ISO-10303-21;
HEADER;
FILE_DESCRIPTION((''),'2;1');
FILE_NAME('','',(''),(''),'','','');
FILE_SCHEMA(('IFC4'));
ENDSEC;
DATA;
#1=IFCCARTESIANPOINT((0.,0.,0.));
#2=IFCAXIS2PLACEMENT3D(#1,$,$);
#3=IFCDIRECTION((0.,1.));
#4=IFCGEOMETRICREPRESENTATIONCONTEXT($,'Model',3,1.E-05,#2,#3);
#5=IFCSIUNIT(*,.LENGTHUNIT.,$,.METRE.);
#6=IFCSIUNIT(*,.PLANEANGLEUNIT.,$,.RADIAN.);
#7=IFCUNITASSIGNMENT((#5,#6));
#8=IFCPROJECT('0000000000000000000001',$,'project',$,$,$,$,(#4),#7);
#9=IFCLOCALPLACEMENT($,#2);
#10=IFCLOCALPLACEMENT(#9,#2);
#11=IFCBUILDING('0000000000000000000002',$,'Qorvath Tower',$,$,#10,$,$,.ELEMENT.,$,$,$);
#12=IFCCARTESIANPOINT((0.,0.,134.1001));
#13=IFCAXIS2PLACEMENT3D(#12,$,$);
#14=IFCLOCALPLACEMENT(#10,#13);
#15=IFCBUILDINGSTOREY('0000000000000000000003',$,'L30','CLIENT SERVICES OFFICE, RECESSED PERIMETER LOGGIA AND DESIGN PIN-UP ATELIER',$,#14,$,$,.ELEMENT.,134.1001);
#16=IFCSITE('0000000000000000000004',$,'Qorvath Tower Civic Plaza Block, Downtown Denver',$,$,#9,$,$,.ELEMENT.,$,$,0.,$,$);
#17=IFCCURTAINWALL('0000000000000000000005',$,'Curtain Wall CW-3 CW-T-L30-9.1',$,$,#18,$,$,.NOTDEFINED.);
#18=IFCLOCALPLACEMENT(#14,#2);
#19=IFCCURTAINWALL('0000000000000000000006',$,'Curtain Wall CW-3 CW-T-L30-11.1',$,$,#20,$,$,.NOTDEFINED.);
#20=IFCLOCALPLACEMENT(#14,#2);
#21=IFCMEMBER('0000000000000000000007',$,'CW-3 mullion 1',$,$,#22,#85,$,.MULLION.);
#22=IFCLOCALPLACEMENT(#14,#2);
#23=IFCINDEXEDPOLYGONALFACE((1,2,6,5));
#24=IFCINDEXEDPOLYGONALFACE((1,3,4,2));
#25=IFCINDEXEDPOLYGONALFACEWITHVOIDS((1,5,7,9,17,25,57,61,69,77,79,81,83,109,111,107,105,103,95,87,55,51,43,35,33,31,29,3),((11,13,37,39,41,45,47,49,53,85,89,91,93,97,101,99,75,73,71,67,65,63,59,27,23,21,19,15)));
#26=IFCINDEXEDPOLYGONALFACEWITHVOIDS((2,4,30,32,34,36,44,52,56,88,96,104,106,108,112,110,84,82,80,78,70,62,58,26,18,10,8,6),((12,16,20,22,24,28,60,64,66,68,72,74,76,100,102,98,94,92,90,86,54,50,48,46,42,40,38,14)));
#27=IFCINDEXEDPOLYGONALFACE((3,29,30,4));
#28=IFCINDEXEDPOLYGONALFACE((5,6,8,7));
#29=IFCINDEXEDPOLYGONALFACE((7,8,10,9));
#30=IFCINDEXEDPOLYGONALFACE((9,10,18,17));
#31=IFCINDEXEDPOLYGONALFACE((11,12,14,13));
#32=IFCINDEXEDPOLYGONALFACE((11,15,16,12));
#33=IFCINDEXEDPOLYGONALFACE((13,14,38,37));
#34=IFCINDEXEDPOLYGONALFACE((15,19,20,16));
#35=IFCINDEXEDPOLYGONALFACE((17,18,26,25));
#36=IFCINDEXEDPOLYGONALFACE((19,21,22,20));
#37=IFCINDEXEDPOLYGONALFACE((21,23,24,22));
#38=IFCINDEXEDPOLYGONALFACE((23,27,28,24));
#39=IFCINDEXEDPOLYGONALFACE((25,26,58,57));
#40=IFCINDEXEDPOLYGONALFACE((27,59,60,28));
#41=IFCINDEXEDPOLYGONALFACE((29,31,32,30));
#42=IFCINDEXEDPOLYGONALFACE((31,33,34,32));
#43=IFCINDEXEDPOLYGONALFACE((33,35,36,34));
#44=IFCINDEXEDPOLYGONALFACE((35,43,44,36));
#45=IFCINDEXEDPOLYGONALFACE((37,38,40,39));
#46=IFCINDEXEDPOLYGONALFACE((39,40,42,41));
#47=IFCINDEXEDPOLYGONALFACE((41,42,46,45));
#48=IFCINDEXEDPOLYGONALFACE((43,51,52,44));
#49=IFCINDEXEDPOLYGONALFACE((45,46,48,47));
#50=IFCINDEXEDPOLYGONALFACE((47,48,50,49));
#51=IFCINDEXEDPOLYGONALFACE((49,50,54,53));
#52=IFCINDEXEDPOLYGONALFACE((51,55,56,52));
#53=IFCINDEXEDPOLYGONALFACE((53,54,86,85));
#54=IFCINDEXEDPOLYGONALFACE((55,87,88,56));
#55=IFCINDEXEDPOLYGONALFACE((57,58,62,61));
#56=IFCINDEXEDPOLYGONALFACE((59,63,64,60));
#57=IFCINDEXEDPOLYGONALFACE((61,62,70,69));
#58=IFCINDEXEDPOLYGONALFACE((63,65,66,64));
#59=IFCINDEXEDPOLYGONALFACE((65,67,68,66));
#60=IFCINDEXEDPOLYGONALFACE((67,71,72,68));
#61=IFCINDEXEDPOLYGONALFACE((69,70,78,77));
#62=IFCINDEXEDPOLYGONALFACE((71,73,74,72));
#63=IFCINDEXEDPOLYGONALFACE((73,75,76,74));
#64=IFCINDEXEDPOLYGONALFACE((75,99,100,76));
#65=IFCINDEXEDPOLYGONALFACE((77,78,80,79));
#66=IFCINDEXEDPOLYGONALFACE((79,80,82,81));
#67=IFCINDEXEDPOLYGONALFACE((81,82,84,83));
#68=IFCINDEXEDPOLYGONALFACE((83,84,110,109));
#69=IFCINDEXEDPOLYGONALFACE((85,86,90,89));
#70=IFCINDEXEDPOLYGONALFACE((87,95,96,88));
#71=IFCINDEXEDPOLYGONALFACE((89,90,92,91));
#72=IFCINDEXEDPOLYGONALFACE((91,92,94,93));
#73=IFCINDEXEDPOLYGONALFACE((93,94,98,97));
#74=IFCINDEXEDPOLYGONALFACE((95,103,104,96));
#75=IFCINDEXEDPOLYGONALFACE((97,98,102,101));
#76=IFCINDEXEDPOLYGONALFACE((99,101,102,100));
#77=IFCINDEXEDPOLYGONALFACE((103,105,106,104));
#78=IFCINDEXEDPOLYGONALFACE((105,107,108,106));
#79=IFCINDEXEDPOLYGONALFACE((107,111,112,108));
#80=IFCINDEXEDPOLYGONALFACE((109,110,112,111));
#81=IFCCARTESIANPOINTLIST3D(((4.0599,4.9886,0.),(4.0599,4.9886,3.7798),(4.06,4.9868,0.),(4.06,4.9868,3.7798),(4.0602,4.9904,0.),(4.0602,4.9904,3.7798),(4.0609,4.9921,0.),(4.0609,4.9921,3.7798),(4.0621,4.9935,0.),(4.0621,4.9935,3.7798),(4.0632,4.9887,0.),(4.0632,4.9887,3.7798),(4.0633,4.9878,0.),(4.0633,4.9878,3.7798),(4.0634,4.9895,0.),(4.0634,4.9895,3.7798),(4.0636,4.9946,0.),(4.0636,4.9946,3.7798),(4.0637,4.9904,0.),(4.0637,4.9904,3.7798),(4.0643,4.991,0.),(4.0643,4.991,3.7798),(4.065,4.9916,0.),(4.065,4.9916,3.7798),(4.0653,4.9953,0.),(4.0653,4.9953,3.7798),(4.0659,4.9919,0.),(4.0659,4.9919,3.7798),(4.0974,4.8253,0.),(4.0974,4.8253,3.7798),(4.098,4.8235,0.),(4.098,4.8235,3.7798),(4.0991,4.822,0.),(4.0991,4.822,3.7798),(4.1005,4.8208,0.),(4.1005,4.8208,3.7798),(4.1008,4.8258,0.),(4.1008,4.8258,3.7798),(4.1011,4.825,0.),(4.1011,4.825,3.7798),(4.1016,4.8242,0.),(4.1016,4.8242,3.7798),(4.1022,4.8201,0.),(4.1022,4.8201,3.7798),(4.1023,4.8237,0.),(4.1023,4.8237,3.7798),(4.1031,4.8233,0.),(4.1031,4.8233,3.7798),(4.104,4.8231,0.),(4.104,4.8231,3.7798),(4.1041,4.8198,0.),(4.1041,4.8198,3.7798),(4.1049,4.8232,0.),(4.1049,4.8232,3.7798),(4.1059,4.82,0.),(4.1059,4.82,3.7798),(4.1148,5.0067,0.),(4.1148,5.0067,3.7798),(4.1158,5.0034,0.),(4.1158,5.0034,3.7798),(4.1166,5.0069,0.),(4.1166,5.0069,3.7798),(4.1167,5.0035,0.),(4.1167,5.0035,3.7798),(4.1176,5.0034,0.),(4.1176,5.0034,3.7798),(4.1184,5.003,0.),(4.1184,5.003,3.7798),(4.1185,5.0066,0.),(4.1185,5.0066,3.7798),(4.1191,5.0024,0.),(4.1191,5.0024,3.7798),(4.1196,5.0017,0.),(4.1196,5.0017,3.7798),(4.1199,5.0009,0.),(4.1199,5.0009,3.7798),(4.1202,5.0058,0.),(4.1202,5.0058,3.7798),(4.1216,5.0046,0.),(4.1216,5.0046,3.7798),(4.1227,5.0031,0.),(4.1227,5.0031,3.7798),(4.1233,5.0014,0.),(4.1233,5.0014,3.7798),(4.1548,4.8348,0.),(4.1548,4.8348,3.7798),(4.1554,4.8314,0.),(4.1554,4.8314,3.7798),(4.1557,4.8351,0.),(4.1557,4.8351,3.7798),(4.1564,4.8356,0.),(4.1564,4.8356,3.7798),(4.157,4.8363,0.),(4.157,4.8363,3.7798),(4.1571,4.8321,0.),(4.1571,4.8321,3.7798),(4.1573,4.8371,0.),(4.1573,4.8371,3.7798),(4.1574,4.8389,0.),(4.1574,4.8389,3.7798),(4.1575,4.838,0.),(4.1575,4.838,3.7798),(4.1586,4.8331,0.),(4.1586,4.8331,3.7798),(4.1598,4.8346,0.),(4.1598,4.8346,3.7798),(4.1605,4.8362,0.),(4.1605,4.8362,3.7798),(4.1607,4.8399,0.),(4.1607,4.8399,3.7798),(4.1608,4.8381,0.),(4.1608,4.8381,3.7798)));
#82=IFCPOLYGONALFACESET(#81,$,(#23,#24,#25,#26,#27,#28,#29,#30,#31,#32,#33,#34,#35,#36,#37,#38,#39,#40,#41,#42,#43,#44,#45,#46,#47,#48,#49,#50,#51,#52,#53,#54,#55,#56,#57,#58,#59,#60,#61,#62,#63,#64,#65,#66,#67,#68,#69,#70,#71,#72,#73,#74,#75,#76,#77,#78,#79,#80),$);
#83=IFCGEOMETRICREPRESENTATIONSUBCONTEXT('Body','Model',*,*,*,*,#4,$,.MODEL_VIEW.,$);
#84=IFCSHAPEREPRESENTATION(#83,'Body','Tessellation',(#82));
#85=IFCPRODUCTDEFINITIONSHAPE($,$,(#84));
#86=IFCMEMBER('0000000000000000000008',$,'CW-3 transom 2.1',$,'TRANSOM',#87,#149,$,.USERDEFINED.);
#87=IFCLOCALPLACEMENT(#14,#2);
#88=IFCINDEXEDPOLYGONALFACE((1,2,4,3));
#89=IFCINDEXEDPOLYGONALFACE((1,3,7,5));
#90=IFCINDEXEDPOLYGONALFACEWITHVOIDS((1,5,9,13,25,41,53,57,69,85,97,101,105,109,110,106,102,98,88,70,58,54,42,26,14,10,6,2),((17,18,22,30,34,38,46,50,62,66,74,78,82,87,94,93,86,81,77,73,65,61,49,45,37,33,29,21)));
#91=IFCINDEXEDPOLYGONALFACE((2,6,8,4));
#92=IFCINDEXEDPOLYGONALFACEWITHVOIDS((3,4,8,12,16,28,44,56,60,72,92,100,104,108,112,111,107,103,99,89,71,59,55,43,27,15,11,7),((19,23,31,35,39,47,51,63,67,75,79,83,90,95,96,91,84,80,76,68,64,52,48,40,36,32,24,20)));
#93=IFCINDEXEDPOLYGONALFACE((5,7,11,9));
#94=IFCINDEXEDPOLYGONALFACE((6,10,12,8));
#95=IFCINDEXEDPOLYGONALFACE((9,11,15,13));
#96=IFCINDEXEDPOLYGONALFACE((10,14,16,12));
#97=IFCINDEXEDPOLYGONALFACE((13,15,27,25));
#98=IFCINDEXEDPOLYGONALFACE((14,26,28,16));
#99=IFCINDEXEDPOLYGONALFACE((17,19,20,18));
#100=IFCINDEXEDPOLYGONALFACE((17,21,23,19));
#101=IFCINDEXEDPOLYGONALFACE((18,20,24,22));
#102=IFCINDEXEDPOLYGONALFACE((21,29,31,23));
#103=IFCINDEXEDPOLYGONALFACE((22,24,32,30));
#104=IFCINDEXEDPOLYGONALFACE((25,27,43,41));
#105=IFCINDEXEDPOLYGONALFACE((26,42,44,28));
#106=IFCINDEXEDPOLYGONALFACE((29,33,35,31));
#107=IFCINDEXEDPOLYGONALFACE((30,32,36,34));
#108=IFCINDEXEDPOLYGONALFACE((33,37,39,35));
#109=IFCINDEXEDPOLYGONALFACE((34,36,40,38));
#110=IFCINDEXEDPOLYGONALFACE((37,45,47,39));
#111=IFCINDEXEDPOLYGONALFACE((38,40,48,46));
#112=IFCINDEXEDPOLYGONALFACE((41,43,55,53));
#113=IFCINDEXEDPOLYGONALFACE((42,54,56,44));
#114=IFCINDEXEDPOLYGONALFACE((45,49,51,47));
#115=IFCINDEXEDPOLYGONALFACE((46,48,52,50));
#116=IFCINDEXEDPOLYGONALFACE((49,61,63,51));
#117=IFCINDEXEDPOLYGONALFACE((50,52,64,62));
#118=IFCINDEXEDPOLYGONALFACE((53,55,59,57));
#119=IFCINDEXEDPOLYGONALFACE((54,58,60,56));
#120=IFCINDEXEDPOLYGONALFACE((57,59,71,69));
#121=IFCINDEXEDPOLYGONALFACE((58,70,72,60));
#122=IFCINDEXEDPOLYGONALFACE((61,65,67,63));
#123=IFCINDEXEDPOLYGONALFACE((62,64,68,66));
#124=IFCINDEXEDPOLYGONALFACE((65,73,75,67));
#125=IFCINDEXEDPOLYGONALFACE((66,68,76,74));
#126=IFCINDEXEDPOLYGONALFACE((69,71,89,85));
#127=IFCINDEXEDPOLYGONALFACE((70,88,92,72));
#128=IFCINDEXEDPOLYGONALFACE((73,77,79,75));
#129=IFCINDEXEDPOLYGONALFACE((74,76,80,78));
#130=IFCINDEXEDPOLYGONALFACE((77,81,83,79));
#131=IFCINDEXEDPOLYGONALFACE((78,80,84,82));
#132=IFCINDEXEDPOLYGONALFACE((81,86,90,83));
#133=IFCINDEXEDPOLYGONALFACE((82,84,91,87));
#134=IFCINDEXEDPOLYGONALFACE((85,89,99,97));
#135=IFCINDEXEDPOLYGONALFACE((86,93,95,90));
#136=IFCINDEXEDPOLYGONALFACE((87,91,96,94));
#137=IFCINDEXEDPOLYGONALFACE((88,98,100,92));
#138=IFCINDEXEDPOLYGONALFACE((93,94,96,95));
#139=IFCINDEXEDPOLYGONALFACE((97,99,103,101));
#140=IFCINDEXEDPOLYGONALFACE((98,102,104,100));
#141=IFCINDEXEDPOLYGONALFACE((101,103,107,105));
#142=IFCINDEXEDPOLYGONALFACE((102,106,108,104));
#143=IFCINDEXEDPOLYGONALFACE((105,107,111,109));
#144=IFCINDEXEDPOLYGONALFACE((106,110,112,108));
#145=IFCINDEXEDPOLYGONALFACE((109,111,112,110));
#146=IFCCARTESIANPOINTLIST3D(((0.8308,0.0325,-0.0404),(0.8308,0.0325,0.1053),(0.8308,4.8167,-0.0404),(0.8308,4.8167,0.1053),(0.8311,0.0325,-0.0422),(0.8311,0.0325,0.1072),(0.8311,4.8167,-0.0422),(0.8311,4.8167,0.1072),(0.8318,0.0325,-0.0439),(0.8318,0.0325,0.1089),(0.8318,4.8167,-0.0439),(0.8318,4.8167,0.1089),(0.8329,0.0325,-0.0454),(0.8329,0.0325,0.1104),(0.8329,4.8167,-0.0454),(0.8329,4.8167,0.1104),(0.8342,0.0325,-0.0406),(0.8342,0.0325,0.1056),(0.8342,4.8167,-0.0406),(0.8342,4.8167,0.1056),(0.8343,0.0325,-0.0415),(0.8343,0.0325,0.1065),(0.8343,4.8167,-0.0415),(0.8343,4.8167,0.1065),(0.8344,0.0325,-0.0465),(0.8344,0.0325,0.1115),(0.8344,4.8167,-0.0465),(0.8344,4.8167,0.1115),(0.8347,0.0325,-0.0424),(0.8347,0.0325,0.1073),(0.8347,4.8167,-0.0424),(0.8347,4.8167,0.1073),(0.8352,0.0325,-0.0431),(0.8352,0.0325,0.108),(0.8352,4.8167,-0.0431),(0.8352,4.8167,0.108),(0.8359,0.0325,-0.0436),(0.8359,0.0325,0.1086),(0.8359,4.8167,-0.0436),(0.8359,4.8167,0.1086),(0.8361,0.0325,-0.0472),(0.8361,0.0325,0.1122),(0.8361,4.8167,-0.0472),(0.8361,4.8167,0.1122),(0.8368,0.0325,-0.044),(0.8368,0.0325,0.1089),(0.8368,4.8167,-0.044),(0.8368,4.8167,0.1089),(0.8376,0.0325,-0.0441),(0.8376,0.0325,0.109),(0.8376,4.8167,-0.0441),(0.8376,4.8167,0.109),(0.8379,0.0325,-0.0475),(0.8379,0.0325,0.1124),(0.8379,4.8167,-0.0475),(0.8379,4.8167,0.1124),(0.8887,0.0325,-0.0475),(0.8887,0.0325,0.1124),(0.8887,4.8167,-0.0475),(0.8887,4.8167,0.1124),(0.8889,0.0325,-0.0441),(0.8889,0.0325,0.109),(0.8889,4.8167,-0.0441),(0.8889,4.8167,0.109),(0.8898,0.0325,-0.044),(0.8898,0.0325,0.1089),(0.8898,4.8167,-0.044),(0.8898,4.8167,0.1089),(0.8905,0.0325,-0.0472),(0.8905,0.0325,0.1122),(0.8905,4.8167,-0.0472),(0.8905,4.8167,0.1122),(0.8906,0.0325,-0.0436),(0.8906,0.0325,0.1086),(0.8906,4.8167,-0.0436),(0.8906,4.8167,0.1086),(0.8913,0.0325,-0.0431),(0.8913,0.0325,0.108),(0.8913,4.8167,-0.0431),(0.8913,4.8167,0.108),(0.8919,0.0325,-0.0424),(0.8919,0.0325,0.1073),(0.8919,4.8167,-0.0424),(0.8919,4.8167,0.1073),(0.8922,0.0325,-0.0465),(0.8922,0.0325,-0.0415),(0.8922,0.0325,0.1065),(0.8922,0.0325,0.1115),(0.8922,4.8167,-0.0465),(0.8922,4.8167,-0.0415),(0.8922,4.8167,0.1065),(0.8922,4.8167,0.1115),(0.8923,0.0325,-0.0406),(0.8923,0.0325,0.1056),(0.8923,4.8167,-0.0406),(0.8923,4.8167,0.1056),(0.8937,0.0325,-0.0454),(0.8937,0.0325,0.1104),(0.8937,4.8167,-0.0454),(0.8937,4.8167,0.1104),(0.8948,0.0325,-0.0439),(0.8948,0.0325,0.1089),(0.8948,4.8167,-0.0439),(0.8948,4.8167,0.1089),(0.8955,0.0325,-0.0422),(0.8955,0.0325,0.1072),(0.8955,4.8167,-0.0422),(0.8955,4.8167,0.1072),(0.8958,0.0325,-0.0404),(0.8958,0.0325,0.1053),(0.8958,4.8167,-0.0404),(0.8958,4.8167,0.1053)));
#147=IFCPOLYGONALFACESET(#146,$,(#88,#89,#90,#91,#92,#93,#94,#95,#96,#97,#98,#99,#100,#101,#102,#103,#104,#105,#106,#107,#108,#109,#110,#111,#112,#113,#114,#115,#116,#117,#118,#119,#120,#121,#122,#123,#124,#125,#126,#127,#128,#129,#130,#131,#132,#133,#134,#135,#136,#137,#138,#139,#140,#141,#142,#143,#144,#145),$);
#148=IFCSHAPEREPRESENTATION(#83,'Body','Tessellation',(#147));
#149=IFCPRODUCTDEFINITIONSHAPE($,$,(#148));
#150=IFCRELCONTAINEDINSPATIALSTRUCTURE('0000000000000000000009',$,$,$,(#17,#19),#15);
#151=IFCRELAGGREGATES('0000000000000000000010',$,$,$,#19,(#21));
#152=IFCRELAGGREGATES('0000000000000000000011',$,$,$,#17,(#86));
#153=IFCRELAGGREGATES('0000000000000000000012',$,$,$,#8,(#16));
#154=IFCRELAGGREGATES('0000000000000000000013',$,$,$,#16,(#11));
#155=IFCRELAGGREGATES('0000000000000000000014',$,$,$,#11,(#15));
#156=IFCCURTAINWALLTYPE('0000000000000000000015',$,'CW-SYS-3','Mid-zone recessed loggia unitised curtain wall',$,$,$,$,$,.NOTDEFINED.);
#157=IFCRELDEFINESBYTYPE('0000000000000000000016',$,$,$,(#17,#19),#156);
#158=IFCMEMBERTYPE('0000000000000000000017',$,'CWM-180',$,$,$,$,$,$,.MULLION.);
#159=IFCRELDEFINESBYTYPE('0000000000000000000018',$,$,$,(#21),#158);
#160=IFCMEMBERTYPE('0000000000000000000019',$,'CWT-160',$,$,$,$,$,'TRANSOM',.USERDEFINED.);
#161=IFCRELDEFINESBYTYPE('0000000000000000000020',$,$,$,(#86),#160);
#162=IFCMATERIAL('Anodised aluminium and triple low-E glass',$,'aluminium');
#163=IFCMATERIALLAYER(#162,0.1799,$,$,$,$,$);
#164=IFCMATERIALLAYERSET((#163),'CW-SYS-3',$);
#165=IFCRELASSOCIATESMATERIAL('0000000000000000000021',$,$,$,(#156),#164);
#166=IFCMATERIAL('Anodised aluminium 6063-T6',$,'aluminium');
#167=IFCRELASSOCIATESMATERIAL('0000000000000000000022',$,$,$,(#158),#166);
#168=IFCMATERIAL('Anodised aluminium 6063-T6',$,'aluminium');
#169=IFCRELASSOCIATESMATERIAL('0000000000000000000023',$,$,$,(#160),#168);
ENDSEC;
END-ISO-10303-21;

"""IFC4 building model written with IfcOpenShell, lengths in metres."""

from ifc_helpers import new_model, si_unit, direction, frame, origin, origin_2d, place, context, subcontext, project, spatial, hollow_rectangle, extrude, material, layer, layer_set, material_profile, profile_set, type_object, element, aggregate, save


model = new_model("IFC4")

# Units and contexts
model_context = context("Model", 3, precision=1e-05, world=origin(), true_north=direction((0.0, 1.0)))
body_context = subcontext(model_context, "Body", "Model", "MODEL_VIEW")
ifc_project = project(units=[si_unit("LENGTHUNIT", "METRE"), si_unit("PLANEANGLEUNIT", "RADIAN")], contexts=[model_context])

# Site, building, storey
site_placement = place(None, origin())
site = spatial("IfcSite", under=ifc_project, at=site_placement, Name="Qorvath Tower Civic Plaza Block, Downtown Denver", CompositionType="ELEMENT", RefElevation=0.0)
building_placement = place(site_placement, origin())
building = spatial("IfcBuilding", under=site, at=building_placement, Name="Qorvath Tower", CompositionType="ELEMENT")
storey_placement = place(building_placement, frame((0.0, 0.0, 134.1001)))
storey = spatial("IfcBuildingStorey", under=building, at=storey_placement, Name="L30", Description="CLIENT SERVICES OFFICE, RECESSED PERIMETER LOGGIA AND DESIGN PIN-UP ATELIER", CompositionType="ELEMENT", Elevation=134.1001)

# Curtain wall
ifc_material_1 = material(Name="Anodised aluminium and triple low-E glass", Category="aluminium")
ifc_layer_1 = layer(ifc_material_1, 0.1799)
ifc_layer_set_1 = layer_set([ifc_layer_1], Name="CW-SYS-3")
curtain_wall_type = type_object("IfcCurtainWallType", Name="CW-SYS-3", Description="Mid-zone recessed loggia unitised curtain wall", PredefinedType="NOTDEFINED", material=ifc_layer_set_1)
curtain_wall_1_placement = place(storey_placement, origin())
curtain_wall_1 = element("IfcCurtainWall", 1, at=curtain_wall_1_placement, inside=storey, type_object=curtain_wall_type, Name="Curtain Wall CW-3 CW-T-L30-9.1", PredefinedType="NOTDEFINED")
ifc_material_2 = material(Name="Anodised aluminium 6063-T6", Category="aluminium")
ifc_material_profile_1 = material_profile(ifc_material_2, hollow_rectangle(XDim=0.0649, YDim=0.1799, WallThickness=0.0034, InnerFilletRadius=0.0034, OuterFilletRadius=0.0071, at=origin_2d()), Name="CWM 180x65")
ifc_profile_set_1 = profile_set([ifc_material_profile_1], Name="Anodised aluminium 6063-T6")
member_type_1 = type_object("IfcMemberType", Name="CWM-180", PredefinedType="MULLION", material=ifc_profile_set_1)

# Curtain wall, member
curtain_wall_2_placement = place(storey_placement, origin())
curtain_wall_2 = element("IfcCurtainWall", 2, at=curtain_wall_2_placement, inside=storey, type_object=curtain_wall_type, Name="Curtain Wall CW-3 CW-T-L30-11.1", PredefinedType="NOTDEFINED")
member_1_placement = place(storey_placement, frame((4.1104, 4.9133, 0.0), z_axis=(0.0, 0.0, 1.0), x_axis=(-0.974262, -0.225417, 0.0)))
member_1 = element("IfcMember", 3, at=member_1_placement, type_object=member_type_1, Name="CW-3 mullion 1", PredefinedType="MULLION", context=body_context, shape_type="SweptSolid", body=[
    extrude(hollow_rectangle(XDim=0.0649, YDim=0.1799, WallThickness=0.0034, InnerFilletRadius=0.0034, OuterFilletRadius=0.0071, at=origin_2d()), origin(), (0.0, 0.0, 1.0), 3.7798),
])

# Member
ifc_material_3 = material(Name="Anodised aluminium 6063-T6", Category="aluminium")
ifc_material_profile_2 = material_profile(ifc_material_3, hollow_rectangle(XDim=0.0649, YDim=0.1599, WallThickness=0.0034, InnerFilletRadius=0.0034, OuterFilletRadius=0.0071, at=origin_2d()), Name="CWT 160x65")
ifc_profile_set_2 = profile_set([ifc_material_profile_2], Name="Anodised aluminium 6063-T6")
member_type_2 = type_object("IfcMemberType", Name="CWT-160", ElementType="TRANSOM", PredefinedType="USERDEFINED", material=ifc_profile_set_2)
member_2_placement = place(storey_placement, frame((0.8633, 0.0325, 0.0325), z_axis=(0.0, 1.0, 0.0), x_axis=(-1.0, 0.0, 0.0)))
member_2 = element("IfcMember", 4, at=member_2_placement, type_object=member_type_2, Name="CW-3 transom 2.1", ObjectType="TRANSOM", PredefinedType="USERDEFINED", context=body_context, shape_type="SweptSolid", body=[
    extrude(hollow_rectangle(XDim=0.0649, YDim=0.1599, WallThickness=0.0034, InnerFilletRadius=0.0034, OuterFilletRadius=0.0071, at=origin_2d()), origin(), (0.0, 0.0, 1.0), 4.7842),
])
aggregate(curtain_wall_2, [member_1])

aggregate(curtain_wall_1, [member_2])

save(model, "model.ifc")
